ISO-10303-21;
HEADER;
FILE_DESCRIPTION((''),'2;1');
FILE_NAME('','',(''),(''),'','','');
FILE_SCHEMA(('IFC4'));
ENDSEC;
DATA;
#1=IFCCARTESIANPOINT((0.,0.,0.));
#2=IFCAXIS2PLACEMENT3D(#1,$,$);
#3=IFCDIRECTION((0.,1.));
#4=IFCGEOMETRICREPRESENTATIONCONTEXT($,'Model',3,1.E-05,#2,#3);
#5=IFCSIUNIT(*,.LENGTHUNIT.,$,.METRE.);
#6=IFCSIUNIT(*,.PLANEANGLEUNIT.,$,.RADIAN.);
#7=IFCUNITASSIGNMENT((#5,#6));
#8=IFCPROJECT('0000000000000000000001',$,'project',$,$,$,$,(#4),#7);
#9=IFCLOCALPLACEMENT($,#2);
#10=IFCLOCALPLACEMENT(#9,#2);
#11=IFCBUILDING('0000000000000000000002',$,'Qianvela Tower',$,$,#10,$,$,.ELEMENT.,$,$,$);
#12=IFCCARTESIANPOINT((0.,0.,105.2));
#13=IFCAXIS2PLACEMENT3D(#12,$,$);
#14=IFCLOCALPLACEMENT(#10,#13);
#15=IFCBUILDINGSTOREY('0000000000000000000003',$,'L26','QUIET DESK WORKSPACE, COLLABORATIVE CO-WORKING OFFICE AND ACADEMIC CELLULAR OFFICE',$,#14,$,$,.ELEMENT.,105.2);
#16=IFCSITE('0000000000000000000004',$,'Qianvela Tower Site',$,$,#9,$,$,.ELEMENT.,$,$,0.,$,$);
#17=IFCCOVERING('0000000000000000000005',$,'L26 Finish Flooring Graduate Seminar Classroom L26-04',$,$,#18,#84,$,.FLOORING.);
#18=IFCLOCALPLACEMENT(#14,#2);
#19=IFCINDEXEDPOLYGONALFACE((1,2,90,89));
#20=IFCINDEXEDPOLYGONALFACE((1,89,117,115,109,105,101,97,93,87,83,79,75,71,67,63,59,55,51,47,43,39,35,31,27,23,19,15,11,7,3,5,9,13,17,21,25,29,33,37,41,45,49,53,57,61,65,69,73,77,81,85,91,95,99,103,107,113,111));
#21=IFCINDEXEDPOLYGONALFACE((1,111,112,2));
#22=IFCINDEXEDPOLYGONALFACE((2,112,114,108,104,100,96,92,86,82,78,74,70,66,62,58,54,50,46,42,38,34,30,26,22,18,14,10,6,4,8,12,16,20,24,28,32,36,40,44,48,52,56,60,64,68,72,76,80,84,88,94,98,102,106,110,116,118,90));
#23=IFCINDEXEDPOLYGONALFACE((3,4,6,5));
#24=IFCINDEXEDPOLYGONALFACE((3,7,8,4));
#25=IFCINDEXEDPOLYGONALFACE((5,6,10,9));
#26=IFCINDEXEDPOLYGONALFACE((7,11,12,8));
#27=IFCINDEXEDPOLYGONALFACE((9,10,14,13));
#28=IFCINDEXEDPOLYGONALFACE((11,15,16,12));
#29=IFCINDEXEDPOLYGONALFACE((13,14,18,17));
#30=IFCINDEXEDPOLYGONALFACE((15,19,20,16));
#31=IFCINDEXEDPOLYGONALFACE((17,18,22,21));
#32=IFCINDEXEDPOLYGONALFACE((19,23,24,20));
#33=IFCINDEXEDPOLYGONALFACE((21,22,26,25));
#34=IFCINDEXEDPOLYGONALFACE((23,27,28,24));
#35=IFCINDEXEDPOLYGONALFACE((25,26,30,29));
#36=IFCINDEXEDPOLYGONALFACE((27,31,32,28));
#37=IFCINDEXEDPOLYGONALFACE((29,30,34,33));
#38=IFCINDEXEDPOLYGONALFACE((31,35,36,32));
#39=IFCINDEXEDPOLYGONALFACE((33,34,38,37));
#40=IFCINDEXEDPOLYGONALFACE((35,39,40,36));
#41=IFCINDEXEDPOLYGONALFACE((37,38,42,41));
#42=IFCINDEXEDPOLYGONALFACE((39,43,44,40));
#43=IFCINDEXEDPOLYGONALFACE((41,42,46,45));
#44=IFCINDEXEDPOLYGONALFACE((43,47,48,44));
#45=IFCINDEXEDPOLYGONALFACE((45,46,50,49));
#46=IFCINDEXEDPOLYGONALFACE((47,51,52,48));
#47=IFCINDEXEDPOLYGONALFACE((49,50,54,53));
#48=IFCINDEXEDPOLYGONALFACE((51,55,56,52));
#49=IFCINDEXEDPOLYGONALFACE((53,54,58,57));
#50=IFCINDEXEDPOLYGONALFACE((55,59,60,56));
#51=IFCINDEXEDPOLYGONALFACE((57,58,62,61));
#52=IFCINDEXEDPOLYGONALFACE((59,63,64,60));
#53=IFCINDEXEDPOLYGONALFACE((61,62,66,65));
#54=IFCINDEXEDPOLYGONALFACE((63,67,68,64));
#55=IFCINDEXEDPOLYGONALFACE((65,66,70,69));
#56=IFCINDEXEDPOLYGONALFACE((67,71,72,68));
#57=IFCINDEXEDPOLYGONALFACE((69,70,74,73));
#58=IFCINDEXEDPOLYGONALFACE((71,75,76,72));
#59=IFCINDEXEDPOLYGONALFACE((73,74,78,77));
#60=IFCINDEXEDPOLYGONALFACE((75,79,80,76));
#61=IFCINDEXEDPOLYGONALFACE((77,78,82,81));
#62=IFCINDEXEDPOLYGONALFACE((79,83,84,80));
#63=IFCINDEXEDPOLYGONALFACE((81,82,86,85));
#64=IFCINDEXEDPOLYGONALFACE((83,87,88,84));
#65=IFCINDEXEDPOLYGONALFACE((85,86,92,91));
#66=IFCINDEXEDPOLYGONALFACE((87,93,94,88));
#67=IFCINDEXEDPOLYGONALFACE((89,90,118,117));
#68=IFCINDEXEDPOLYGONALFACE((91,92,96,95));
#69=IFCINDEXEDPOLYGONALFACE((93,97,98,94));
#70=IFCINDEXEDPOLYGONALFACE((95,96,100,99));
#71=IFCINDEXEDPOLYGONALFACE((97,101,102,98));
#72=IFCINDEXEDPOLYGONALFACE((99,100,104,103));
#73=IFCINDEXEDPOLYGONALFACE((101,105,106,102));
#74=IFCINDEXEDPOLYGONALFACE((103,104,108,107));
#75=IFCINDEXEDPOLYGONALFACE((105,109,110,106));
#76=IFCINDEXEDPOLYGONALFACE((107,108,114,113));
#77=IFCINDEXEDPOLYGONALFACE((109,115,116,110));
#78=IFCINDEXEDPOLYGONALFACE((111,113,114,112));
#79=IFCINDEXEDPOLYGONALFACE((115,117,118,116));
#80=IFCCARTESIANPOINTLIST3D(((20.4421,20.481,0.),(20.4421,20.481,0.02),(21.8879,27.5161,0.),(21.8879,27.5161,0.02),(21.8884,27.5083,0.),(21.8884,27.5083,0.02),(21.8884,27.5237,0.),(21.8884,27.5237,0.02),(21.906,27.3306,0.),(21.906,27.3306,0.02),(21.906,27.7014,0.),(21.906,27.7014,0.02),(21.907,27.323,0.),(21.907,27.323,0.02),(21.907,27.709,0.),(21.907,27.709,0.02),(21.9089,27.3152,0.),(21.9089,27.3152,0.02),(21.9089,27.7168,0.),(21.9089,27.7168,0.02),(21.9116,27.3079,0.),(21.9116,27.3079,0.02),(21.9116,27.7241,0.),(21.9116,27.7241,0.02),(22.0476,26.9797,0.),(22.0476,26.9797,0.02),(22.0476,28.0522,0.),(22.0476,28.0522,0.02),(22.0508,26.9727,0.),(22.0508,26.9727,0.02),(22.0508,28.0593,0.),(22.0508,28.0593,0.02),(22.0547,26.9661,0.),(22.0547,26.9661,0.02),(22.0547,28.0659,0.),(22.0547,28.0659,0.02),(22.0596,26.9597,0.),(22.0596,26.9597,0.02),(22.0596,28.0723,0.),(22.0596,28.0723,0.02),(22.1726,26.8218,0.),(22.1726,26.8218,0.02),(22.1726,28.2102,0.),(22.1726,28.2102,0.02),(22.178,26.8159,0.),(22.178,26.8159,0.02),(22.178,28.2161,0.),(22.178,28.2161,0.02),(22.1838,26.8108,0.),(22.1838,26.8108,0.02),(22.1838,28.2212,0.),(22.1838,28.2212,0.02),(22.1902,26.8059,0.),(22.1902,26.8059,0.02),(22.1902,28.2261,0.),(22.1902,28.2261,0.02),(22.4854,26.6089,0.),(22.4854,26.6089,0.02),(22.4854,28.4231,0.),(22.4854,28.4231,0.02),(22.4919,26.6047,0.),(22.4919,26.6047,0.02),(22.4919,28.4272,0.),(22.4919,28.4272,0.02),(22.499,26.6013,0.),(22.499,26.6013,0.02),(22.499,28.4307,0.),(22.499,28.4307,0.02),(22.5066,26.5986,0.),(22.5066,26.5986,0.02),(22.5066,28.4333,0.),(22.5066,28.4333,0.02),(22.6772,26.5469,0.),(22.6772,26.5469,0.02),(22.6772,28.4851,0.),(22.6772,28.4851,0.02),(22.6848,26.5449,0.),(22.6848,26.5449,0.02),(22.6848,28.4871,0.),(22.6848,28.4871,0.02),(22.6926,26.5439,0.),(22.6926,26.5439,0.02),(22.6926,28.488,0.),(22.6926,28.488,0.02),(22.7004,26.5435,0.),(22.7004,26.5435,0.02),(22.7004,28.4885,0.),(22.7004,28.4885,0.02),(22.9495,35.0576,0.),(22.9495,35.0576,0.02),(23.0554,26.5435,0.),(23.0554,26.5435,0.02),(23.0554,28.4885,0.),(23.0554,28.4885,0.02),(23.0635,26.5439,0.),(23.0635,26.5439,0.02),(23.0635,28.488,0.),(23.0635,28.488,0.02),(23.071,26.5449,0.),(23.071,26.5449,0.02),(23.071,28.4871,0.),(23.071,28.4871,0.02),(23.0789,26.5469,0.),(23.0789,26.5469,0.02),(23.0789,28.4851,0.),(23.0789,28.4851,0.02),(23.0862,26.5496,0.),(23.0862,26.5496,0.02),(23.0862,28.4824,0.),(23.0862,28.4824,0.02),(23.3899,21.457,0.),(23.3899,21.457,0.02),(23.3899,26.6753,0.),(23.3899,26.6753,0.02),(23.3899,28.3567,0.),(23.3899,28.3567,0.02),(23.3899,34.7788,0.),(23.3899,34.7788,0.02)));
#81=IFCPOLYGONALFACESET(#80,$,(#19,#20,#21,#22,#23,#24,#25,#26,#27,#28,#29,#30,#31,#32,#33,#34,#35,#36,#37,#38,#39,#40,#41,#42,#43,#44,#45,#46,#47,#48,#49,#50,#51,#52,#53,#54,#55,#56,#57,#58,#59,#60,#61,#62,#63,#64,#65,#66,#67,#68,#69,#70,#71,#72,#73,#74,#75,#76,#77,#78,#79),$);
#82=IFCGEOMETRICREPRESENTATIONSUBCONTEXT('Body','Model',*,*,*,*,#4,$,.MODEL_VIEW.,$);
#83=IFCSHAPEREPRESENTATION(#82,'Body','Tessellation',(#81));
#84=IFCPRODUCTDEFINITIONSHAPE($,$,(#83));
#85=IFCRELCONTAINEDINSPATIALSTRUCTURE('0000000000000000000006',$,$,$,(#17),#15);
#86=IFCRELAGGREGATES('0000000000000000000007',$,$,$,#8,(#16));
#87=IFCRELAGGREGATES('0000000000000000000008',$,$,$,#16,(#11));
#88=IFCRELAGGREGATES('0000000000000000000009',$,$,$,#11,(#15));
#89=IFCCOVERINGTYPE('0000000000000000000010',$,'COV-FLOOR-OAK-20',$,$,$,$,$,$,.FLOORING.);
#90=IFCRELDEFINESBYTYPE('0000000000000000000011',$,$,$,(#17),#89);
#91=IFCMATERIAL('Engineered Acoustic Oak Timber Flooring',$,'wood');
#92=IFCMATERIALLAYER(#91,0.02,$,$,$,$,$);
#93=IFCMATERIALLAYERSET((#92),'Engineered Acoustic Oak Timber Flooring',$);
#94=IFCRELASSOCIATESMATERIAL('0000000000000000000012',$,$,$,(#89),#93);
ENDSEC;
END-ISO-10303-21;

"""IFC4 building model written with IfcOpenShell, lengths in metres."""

from ifc_helpers import new_model, si_unit, direction, frame, origin, place, context, subcontext, project, spatial, polyline, outline, extrude, material, layer, layer_set, type_object, element, save


model = new_model("IFC4")

# Units and contexts
model_context = context("Model", 3, precision=1e-05, world=origin(), true_north=direction((0.0, 1.0)))
body_context = subcontext(model_context, "Body", "Model", "MODEL_VIEW")
ifc_project = project(units=[si_unit("LENGTHUNIT", "METRE"), si_unit("PLANEANGLEUNIT", "RADIAN")], contexts=[model_context])

# Site, building, storey
site_placement = place(None, origin())
site = spatial("IfcSite", under=ifc_project, at=site_placement, Name="Qianvela Tower Site", CompositionType="ELEMENT", RefElevation=0.0)
building_placement = place(site_placement, origin())
building = spatial("IfcBuilding", under=site, at=building_placement, Name="Qianvela Tower", CompositionType="ELEMENT")
storey_placement = place(building_placement, frame((0.0, 0.0, 105.2)))
storey = spatial("IfcBuildingStorey", under=building, at=storey_placement, Name="L26", Description="QUIET DESK WORKSPACE, COLLABORATIVE CO-WORKING OFFICE AND ACADEMIC CELLULAR OFFICE", CompositionType="ELEMENT", Elevation=105.2)

# Covering
ifc_material_1 = material(Name="Engineered Acoustic Oak Timber Flooring", Category="wood")
ifc_layer_1 = layer(ifc_material_1, 0.02)
ifc_layer_set_1 = layer_set([ifc_layer_1], Name="Engineered Acoustic Oak Timber Flooring")
covering_type_1 = type_object("IfcCoveringType", Name="COV-FLOOR-OAK-20", PredefinedType="FLOORING", material=ifc_layer_set_1)
covering_1_placement = place(storey_placement, origin())
element("IfcCovering", 1, at=covering_1_placement, inside=storey, type_object=covering_type_1, Name="L26 Finish Flooring Graduate Seminar Classroom L26-04", PredefinedType="FLOORING", context=body_context, shape_type="SweptSolid", body=[
    extrude(outline(polyline([(23.3899, 26.6753), (23.3899, 21.457), (20.4421, 20.481), (22.9495, 35.0576), (23.3899, 34.7788), (23.3899, 28.3567), (23.0862, 28.4824), (23.0789, 28.4851), (23.071, 28.4871), (23.0635, 28.488), (23.0554, 28.4885), (22.7004, 28.4885), (22.6926, 28.488), (22.6848, 28.4871), (22.6772, 28.4851), (22.5066, 28.4333), (22.499, 28.4307), (22.4919, 28.4272), (22.4854, 28.4231), (22.1902, 28.2261), (22.1838, 28.2212), (22.178, 28.2161), (22.1726, 28.2102), (22.0596, 28.0723), (22.0547, 28.0659), (22.0508, 28.0593), (22.0476, 28.0522), (21.9116, 27.7241), (21.9089, 27.7168), (21.907, 27.709), (21.906, 27.7014), (21.8884, 27.5237), (21.8879, 27.5161), (21.8884, 27.5083), (21.906, 27.3306), (21.907, 27.323), (21.9089, 27.3152), (21.9116, 27.3079), (22.0476, 26.9797), (22.0508, 26.9727), (22.0547, 26.9661), (22.0596, 26.9597), (22.1726, 26.8218), (22.178, 26.8159), (22.1838, 26.8108), (22.1902, 26.8059), (22.4854, 26.6089), (22.4919, 26.6047), (22.499, 26.6013), (22.5066, 26.5986), (22.6772, 26.5469), (22.6848, 26.5449), (22.6926, 26.5439), (22.7004, 26.5435), (23.0554, 26.5435), (23.0635, 26.5439), (23.071, 26.5449), (23.0789, 26.5469), (23.0862, 26.5496), (23.3899, 26.6753)])), origin(), (0.0, 0.0, 1.0), 0.02),
])

save(model, "model.ifc")
